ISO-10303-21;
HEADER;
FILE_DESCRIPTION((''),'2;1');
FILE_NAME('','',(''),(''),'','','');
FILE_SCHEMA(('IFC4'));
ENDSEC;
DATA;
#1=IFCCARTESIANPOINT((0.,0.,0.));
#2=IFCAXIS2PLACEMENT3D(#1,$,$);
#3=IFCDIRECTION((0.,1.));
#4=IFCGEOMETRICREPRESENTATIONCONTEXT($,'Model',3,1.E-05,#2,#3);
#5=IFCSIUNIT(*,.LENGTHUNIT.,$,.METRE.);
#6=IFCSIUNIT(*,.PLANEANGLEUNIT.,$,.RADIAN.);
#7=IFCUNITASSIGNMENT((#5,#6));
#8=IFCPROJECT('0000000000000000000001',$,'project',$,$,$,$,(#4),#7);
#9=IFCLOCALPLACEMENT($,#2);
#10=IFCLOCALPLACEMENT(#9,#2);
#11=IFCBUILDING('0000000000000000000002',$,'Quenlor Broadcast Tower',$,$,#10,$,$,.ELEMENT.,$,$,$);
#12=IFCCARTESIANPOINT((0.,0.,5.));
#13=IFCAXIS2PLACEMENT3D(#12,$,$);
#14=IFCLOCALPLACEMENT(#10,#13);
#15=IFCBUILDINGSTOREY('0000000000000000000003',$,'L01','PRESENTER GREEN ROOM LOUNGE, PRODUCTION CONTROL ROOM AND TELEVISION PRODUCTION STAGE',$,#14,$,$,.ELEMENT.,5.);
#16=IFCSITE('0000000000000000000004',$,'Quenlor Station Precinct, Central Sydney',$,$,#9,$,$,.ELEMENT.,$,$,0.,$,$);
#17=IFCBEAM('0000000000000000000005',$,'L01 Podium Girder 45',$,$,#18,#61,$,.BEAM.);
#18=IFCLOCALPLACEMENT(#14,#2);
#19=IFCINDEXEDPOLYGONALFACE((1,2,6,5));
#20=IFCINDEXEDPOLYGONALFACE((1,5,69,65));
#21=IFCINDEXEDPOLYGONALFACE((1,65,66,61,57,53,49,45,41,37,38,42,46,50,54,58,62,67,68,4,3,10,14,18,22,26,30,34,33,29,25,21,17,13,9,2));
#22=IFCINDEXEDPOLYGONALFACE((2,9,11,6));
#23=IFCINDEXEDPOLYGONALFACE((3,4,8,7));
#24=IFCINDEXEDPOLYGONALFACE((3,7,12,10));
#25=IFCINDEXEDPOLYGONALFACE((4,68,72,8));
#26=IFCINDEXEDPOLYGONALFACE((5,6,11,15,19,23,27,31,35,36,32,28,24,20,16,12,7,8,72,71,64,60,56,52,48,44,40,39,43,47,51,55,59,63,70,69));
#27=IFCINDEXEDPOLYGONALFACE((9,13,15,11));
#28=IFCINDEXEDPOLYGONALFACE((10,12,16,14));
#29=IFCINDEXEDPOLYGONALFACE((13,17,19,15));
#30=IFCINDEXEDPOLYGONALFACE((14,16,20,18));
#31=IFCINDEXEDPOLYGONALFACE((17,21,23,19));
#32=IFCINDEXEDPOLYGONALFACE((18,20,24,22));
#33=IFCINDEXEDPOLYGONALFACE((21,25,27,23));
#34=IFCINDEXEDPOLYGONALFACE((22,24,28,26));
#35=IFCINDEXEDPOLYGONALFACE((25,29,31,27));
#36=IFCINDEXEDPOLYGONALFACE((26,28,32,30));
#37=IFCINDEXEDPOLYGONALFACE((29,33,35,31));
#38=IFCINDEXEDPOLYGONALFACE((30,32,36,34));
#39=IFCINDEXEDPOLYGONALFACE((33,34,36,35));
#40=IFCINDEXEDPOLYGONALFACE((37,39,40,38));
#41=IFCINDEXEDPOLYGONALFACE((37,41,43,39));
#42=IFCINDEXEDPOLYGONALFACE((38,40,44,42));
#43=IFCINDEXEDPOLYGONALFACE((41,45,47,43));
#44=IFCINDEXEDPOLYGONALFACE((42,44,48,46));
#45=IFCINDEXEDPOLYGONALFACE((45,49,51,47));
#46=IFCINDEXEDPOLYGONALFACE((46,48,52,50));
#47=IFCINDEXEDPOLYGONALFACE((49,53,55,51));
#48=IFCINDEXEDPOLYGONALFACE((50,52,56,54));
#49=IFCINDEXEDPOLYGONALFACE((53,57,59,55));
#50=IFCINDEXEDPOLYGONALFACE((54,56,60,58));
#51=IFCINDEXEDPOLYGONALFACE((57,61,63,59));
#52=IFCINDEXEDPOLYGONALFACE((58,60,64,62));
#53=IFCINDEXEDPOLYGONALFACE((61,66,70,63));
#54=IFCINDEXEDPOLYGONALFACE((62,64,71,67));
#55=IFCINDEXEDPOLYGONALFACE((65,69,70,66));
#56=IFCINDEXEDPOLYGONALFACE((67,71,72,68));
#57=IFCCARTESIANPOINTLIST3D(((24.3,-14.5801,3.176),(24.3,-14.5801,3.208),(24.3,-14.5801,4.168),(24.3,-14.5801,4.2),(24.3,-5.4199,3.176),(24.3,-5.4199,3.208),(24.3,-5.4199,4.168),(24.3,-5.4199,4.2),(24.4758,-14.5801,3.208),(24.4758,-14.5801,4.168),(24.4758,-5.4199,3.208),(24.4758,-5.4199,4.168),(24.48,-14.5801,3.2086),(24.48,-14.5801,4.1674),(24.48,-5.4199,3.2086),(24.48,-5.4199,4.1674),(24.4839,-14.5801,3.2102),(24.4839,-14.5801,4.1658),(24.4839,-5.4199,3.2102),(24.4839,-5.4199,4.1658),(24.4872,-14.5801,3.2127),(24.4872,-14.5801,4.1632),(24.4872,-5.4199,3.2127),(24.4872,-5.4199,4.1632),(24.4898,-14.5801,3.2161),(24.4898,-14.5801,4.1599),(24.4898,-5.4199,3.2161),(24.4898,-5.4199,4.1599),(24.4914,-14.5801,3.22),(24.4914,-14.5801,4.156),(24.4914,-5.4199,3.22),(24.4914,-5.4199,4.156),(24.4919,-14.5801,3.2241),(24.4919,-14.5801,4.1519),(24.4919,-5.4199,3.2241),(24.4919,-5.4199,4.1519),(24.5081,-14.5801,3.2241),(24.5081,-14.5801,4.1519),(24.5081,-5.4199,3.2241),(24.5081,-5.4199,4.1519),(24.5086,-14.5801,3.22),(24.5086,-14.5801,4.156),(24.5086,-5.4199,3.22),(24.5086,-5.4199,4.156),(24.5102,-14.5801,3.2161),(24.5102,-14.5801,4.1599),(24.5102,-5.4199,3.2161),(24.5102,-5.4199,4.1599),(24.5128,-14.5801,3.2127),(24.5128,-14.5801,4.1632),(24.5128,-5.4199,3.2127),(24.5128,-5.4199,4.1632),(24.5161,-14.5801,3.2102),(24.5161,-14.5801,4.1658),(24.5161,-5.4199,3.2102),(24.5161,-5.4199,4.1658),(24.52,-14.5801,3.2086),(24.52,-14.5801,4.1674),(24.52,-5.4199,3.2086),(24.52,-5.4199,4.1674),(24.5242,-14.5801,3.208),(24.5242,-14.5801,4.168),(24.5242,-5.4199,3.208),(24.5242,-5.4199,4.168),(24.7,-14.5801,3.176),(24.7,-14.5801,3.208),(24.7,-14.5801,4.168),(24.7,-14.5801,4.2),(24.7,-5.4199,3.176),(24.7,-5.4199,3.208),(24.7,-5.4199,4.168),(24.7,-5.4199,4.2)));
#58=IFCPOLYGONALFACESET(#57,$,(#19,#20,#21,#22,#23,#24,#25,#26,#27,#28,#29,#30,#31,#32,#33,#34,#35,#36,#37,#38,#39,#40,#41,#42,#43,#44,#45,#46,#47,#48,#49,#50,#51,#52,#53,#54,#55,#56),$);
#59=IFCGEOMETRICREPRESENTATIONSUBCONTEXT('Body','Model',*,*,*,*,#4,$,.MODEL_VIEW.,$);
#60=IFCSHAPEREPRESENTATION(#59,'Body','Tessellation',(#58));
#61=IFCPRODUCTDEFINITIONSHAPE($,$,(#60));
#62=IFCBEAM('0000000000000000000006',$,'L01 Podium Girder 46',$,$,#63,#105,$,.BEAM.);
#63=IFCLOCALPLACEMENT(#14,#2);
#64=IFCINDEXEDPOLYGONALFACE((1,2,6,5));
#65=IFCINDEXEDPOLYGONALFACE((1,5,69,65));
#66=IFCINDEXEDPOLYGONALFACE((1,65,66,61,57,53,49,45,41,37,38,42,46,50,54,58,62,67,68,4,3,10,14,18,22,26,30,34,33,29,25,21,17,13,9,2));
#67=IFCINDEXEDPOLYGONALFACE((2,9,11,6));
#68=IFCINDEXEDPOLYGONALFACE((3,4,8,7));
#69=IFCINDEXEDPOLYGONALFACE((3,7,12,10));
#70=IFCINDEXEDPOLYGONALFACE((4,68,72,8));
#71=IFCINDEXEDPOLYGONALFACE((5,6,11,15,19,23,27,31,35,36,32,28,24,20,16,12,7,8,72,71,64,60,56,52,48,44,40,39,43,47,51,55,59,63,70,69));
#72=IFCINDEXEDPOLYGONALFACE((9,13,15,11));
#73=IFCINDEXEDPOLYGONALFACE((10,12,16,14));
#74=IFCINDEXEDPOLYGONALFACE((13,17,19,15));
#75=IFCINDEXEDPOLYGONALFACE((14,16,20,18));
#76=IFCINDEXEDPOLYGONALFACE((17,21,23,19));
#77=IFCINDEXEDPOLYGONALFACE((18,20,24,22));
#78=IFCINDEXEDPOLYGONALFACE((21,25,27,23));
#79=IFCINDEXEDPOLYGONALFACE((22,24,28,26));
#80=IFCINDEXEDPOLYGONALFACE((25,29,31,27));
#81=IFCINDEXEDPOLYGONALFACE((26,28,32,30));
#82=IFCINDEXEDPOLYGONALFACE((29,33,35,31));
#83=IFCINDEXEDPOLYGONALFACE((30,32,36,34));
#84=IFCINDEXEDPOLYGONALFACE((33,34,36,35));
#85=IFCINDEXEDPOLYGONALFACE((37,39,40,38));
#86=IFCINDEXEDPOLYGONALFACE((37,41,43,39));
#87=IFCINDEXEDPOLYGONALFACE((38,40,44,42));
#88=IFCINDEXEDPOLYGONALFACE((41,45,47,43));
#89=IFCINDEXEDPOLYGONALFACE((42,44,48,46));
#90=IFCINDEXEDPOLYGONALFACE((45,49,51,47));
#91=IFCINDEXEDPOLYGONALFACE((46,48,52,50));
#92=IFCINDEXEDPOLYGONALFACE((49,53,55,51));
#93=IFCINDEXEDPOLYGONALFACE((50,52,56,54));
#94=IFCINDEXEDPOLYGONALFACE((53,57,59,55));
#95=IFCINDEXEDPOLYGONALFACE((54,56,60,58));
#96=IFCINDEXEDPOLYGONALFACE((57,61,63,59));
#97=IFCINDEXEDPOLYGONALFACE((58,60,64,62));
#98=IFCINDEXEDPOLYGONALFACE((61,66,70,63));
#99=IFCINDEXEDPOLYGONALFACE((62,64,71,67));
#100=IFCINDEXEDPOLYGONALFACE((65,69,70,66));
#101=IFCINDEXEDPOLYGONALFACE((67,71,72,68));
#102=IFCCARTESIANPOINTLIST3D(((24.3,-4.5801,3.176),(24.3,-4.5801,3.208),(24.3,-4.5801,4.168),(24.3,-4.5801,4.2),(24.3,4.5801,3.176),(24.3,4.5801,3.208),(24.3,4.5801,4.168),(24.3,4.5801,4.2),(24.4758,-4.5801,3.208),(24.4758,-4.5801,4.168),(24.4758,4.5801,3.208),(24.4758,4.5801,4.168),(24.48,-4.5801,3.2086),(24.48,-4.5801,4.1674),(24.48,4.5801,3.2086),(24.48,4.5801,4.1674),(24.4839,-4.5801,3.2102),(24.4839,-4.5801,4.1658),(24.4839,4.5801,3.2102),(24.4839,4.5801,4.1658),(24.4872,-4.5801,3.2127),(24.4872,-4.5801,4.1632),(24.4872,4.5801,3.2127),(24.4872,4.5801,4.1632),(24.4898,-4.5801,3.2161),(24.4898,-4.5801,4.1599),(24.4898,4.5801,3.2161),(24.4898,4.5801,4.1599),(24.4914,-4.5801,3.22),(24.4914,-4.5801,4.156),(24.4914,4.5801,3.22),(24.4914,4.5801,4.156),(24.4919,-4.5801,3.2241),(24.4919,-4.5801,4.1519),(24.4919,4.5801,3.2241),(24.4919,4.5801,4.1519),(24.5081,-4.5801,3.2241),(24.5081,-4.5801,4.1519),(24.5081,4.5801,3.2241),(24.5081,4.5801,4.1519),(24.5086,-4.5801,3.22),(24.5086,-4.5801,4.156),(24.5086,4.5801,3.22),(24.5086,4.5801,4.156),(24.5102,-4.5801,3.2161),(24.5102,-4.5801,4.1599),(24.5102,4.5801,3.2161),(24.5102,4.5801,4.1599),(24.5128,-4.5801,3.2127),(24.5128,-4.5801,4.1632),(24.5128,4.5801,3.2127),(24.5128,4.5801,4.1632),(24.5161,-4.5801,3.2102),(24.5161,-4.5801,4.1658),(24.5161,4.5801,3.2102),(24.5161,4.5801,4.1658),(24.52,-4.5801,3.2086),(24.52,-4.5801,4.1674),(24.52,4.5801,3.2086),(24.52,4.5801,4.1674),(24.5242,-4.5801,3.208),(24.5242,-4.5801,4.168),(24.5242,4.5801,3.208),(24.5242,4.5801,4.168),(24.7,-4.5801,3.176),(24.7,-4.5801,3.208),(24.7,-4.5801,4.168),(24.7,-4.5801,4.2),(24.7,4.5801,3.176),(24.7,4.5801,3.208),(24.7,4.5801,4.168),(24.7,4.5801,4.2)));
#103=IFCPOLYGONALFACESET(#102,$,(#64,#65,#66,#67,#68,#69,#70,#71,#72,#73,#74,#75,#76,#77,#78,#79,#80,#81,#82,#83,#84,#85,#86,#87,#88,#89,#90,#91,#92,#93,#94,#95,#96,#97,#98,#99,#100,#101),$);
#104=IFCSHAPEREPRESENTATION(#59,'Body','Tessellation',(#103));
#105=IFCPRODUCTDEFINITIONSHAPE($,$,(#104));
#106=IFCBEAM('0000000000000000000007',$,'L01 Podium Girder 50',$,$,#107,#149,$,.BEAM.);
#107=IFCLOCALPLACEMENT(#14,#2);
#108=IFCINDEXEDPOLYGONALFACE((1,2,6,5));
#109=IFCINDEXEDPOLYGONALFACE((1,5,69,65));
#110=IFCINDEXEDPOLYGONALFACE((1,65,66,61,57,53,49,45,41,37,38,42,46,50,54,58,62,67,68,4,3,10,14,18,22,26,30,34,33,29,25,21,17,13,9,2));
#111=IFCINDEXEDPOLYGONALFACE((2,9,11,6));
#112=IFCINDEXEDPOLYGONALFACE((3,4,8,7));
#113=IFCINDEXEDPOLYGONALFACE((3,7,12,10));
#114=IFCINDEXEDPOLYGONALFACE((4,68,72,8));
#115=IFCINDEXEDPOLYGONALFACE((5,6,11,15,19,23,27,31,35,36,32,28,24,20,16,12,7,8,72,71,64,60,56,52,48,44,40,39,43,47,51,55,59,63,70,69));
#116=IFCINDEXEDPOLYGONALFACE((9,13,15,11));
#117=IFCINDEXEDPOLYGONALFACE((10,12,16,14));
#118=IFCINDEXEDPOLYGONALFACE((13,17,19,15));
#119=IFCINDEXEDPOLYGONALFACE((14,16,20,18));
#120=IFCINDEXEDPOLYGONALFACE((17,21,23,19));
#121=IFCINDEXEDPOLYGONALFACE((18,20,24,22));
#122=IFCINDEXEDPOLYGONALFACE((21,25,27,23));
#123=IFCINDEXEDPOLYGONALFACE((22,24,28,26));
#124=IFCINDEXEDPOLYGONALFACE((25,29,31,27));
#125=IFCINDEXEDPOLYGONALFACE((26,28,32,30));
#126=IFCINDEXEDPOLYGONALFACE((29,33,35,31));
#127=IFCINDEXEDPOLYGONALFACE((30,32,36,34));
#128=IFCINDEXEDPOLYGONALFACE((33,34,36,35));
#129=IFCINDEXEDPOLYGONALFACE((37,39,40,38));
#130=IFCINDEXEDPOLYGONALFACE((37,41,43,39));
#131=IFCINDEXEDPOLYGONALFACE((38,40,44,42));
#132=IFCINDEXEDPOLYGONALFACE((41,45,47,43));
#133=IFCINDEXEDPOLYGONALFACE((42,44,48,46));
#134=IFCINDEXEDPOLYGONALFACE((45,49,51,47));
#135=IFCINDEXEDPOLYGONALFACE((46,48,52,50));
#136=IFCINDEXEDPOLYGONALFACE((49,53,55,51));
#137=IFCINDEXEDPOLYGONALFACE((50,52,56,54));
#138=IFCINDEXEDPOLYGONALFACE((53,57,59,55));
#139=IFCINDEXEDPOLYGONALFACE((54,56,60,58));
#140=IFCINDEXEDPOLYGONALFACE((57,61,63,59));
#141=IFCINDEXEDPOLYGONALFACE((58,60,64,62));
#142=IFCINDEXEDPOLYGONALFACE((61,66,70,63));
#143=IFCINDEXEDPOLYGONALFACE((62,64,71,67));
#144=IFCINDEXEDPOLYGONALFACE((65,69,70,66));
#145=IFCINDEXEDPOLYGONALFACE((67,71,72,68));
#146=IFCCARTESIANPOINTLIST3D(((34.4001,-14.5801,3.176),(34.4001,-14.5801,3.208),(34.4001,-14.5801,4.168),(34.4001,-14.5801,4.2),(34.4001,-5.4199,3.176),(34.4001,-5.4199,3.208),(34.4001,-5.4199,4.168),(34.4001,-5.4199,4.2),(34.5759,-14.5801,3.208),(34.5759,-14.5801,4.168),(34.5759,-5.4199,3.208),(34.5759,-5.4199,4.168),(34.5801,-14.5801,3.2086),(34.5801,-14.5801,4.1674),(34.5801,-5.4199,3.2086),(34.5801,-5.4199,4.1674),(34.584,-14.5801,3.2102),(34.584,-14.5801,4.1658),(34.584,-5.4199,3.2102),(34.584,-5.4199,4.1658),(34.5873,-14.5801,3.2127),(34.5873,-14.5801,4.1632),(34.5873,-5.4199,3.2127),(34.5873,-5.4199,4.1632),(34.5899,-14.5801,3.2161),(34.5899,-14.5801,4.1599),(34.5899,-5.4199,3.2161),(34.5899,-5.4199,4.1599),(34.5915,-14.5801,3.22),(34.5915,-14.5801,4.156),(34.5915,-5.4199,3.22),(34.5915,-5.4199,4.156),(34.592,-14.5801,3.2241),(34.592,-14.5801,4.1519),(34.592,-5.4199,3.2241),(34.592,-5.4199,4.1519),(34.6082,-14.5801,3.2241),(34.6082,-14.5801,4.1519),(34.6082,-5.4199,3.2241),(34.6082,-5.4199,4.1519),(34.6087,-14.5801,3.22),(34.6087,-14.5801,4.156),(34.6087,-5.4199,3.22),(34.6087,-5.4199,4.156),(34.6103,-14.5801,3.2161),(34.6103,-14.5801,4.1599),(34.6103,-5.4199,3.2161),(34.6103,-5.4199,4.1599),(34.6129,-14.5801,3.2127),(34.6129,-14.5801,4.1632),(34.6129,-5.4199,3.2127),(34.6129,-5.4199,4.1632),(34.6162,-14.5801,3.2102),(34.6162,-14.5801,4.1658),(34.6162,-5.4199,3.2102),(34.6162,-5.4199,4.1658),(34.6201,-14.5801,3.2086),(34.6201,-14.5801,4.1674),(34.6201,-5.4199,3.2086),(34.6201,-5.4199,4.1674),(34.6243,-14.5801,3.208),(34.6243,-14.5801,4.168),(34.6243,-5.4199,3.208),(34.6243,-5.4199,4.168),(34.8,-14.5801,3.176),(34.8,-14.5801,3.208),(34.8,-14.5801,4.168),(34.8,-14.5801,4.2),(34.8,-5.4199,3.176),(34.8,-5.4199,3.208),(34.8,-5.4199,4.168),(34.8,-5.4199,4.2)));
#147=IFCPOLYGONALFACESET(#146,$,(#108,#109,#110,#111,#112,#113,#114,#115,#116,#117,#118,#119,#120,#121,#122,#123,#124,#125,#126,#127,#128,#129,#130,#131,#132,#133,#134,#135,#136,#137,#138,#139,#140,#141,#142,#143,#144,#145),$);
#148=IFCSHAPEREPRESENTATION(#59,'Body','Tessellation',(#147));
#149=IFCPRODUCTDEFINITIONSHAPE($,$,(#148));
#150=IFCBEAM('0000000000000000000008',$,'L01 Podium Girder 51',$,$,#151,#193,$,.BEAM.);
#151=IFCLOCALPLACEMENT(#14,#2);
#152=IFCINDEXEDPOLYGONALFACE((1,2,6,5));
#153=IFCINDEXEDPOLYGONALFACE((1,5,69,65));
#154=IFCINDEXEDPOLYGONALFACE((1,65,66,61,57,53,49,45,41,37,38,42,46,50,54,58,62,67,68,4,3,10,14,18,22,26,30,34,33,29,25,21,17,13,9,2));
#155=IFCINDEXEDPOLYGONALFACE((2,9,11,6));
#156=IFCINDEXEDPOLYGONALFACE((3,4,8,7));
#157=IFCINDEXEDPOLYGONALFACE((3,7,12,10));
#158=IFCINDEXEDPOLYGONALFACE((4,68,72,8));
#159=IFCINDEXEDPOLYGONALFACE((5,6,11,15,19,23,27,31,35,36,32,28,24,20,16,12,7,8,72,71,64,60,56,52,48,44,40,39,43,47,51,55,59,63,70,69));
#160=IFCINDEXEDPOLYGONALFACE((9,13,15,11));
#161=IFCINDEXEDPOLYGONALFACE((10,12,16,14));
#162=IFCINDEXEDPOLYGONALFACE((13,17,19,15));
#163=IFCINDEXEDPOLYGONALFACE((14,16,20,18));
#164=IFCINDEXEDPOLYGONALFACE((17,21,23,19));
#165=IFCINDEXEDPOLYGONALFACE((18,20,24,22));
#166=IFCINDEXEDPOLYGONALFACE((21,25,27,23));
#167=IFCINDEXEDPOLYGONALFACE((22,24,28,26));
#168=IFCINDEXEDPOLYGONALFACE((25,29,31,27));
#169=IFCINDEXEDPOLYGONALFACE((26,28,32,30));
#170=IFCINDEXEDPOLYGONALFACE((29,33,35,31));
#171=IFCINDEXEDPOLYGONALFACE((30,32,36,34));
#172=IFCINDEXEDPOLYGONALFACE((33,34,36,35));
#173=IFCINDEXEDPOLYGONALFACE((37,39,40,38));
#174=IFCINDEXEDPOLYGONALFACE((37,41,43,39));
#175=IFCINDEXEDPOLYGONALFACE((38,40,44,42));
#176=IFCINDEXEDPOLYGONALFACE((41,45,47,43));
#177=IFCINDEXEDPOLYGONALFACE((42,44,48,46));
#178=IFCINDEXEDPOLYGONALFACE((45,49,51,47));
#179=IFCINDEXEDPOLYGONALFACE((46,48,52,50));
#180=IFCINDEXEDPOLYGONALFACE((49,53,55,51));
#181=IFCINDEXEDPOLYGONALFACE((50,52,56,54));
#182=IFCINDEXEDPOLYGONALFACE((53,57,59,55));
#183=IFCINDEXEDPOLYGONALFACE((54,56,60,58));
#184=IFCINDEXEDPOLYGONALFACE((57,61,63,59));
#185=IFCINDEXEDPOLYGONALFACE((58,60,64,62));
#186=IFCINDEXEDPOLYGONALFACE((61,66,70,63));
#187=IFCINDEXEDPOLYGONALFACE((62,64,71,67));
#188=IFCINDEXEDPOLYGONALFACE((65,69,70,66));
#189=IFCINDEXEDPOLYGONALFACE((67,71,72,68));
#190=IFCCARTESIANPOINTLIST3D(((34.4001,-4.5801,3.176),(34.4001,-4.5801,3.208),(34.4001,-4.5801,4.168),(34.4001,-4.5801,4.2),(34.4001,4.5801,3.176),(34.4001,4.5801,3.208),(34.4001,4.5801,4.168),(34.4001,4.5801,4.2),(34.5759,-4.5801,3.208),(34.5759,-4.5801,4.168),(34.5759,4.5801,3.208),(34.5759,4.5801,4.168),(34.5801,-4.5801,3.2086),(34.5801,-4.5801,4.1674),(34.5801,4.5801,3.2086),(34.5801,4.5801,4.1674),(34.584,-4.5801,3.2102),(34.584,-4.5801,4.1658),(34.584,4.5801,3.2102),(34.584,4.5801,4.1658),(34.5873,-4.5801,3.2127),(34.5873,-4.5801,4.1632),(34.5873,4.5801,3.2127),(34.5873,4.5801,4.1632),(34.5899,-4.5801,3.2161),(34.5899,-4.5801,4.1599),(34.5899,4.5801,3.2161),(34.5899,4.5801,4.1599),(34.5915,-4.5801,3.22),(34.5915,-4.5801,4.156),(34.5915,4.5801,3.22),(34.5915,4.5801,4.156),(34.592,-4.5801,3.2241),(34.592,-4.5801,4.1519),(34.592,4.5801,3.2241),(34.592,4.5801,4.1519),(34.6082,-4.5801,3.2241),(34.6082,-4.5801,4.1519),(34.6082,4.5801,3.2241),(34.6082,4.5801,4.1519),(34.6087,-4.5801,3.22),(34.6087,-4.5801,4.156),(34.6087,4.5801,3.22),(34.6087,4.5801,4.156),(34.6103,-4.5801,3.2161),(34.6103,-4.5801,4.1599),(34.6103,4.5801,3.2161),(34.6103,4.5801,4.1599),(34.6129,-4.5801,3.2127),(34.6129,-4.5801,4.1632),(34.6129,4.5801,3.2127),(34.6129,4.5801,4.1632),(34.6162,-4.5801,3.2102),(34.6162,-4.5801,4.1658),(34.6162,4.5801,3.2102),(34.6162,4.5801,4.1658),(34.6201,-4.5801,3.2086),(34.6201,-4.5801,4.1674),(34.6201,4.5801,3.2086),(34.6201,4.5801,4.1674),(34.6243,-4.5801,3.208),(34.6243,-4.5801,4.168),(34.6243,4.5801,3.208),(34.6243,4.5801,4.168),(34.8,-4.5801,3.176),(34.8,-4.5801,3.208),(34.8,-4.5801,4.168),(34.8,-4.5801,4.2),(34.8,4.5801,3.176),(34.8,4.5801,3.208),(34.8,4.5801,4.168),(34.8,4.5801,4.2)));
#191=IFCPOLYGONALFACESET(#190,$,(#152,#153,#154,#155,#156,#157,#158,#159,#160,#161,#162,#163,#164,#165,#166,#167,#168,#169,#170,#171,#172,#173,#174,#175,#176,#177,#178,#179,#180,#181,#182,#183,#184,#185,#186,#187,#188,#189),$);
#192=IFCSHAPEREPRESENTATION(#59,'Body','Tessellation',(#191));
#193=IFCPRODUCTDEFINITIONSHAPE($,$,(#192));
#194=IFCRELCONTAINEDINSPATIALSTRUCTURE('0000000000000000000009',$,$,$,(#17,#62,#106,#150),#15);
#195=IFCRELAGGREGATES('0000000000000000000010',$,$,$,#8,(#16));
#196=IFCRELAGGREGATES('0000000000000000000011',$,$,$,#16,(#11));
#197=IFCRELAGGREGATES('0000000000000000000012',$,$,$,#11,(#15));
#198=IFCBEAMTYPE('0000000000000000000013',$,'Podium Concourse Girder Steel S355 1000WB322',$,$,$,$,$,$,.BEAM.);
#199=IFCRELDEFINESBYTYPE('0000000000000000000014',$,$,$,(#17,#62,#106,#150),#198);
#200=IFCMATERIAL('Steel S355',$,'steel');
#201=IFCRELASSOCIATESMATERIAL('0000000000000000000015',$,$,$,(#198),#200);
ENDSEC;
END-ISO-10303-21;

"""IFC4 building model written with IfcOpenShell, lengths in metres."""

from ifc_helpers import new_model, si_unit, direction, frame, origin, origin_2d, place, context, subcontext, project, spatial, i_section, extrude, material, material_profile, profile_set, type_object, element, save


model = new_model("IFC4")

# Units and contexts
model_context = context("Model", 3, precision=1e-05, world=origin(), true_north=direction((0.0, 1.0)))
body_context = subcontext(model_context, "Body", "Model", "MODEL_VIEW")
ifc_project = project(units=[si_unit("LENGTHUNIT", "METRE"), si_unit("PLANEANGLEUNIT", "RADIAN")], contexts=[model_context])

# Site, building, storey
site_placement = place(None, origin())
site = spatial("IfcSite", under=ifc_project, at=site_placement, Name="Quenlor Station Precinct, Central Sydney", CompositionType="ELEMENT", RefElevation=0.0)
building_placement = place(site_placement, origin())
building = spatial("IfcBuilding", under=site, at=building_placement, Name="Quenlor Broadcast Tower", CompositionType="ELEMENT")
storey_placement = place(building_placement, frame((0.0, 0.0, 5.0)))
storey = spatial("IfcBuildingStorey", under=building, at=storey_placement, Name="L01", Description="PRESENTER GREEN ROOM LOUNGE, PRODUCTION CONTROL ROOM AND TELEVISION PRODUCTION STAGE", CompositionType="ELEMENT", Elevation=5.0)

# Beams
ifc_material_1 = material(Name="Steel S355", Category="steel")
ifc_material_profile_1 = material_profile(ifc_material_1, i_section(OverallWidth=0.3999, OverallDepth=1.0239, WebThickness=0.0161, FlangeThickness=0.032, FilletRadius=0.0161, at=origin_2d()))
ifc_profile_set_1 = profile_set([ifc_material_profile_1], Name="Steel S355 1000WB322")
beam_type_1 = type_object("IfcBeamType", Name="Podium Concourse Girder Steel S355 1000WB322", PredefinedType="BEAM", material=ifc_profile_set_1)
for number, where, z_axis, x_axis, name in (
    (1, (24.5, -14.5801, 3.688), (0.0, 1.0, 0.0), (-1.0, 0.0, 0.0), "L01 Podium Girder 45"),
    (2, (24.5, -4.5801, 3.688), (0.0, 1.0, 0.0), (-1.0, 0.0, 0.0), "L01 Podium Girder 46"),
    (3, (34.6001, -14.5801, 3.688), (0.0, 1.0, 0.0), (-1.0, 0.0, 0.0), "L01 Podium Girder 50"),
    (4, (34.6001, -4.5801, 3.688), (0.0, 1.0, 0.0), (-1.0, 0.0, 0.0), "L01 Podium Girder 51"),
):
    element("IfcBeam", number, at=place(storey_placement, frame(where, z_axis=z_axis, x_axis=x_axis)), inside=storey, type_object=beam_type_1, Name=name, PredefinedType="BEAM", context=body_context, shape_type="SweptSolid", body=[
        extrude(i_section(OverallWidth=0.3999, OverallDepth=1.0239, WebThickness=0.0161, FlangeThickness=0.032, FilletRadius=0.0161, at=origin_2d()), origin(), (0.0, 0.0, 1.0), 9.1602),
    ])

save(model, "model.ifc")
